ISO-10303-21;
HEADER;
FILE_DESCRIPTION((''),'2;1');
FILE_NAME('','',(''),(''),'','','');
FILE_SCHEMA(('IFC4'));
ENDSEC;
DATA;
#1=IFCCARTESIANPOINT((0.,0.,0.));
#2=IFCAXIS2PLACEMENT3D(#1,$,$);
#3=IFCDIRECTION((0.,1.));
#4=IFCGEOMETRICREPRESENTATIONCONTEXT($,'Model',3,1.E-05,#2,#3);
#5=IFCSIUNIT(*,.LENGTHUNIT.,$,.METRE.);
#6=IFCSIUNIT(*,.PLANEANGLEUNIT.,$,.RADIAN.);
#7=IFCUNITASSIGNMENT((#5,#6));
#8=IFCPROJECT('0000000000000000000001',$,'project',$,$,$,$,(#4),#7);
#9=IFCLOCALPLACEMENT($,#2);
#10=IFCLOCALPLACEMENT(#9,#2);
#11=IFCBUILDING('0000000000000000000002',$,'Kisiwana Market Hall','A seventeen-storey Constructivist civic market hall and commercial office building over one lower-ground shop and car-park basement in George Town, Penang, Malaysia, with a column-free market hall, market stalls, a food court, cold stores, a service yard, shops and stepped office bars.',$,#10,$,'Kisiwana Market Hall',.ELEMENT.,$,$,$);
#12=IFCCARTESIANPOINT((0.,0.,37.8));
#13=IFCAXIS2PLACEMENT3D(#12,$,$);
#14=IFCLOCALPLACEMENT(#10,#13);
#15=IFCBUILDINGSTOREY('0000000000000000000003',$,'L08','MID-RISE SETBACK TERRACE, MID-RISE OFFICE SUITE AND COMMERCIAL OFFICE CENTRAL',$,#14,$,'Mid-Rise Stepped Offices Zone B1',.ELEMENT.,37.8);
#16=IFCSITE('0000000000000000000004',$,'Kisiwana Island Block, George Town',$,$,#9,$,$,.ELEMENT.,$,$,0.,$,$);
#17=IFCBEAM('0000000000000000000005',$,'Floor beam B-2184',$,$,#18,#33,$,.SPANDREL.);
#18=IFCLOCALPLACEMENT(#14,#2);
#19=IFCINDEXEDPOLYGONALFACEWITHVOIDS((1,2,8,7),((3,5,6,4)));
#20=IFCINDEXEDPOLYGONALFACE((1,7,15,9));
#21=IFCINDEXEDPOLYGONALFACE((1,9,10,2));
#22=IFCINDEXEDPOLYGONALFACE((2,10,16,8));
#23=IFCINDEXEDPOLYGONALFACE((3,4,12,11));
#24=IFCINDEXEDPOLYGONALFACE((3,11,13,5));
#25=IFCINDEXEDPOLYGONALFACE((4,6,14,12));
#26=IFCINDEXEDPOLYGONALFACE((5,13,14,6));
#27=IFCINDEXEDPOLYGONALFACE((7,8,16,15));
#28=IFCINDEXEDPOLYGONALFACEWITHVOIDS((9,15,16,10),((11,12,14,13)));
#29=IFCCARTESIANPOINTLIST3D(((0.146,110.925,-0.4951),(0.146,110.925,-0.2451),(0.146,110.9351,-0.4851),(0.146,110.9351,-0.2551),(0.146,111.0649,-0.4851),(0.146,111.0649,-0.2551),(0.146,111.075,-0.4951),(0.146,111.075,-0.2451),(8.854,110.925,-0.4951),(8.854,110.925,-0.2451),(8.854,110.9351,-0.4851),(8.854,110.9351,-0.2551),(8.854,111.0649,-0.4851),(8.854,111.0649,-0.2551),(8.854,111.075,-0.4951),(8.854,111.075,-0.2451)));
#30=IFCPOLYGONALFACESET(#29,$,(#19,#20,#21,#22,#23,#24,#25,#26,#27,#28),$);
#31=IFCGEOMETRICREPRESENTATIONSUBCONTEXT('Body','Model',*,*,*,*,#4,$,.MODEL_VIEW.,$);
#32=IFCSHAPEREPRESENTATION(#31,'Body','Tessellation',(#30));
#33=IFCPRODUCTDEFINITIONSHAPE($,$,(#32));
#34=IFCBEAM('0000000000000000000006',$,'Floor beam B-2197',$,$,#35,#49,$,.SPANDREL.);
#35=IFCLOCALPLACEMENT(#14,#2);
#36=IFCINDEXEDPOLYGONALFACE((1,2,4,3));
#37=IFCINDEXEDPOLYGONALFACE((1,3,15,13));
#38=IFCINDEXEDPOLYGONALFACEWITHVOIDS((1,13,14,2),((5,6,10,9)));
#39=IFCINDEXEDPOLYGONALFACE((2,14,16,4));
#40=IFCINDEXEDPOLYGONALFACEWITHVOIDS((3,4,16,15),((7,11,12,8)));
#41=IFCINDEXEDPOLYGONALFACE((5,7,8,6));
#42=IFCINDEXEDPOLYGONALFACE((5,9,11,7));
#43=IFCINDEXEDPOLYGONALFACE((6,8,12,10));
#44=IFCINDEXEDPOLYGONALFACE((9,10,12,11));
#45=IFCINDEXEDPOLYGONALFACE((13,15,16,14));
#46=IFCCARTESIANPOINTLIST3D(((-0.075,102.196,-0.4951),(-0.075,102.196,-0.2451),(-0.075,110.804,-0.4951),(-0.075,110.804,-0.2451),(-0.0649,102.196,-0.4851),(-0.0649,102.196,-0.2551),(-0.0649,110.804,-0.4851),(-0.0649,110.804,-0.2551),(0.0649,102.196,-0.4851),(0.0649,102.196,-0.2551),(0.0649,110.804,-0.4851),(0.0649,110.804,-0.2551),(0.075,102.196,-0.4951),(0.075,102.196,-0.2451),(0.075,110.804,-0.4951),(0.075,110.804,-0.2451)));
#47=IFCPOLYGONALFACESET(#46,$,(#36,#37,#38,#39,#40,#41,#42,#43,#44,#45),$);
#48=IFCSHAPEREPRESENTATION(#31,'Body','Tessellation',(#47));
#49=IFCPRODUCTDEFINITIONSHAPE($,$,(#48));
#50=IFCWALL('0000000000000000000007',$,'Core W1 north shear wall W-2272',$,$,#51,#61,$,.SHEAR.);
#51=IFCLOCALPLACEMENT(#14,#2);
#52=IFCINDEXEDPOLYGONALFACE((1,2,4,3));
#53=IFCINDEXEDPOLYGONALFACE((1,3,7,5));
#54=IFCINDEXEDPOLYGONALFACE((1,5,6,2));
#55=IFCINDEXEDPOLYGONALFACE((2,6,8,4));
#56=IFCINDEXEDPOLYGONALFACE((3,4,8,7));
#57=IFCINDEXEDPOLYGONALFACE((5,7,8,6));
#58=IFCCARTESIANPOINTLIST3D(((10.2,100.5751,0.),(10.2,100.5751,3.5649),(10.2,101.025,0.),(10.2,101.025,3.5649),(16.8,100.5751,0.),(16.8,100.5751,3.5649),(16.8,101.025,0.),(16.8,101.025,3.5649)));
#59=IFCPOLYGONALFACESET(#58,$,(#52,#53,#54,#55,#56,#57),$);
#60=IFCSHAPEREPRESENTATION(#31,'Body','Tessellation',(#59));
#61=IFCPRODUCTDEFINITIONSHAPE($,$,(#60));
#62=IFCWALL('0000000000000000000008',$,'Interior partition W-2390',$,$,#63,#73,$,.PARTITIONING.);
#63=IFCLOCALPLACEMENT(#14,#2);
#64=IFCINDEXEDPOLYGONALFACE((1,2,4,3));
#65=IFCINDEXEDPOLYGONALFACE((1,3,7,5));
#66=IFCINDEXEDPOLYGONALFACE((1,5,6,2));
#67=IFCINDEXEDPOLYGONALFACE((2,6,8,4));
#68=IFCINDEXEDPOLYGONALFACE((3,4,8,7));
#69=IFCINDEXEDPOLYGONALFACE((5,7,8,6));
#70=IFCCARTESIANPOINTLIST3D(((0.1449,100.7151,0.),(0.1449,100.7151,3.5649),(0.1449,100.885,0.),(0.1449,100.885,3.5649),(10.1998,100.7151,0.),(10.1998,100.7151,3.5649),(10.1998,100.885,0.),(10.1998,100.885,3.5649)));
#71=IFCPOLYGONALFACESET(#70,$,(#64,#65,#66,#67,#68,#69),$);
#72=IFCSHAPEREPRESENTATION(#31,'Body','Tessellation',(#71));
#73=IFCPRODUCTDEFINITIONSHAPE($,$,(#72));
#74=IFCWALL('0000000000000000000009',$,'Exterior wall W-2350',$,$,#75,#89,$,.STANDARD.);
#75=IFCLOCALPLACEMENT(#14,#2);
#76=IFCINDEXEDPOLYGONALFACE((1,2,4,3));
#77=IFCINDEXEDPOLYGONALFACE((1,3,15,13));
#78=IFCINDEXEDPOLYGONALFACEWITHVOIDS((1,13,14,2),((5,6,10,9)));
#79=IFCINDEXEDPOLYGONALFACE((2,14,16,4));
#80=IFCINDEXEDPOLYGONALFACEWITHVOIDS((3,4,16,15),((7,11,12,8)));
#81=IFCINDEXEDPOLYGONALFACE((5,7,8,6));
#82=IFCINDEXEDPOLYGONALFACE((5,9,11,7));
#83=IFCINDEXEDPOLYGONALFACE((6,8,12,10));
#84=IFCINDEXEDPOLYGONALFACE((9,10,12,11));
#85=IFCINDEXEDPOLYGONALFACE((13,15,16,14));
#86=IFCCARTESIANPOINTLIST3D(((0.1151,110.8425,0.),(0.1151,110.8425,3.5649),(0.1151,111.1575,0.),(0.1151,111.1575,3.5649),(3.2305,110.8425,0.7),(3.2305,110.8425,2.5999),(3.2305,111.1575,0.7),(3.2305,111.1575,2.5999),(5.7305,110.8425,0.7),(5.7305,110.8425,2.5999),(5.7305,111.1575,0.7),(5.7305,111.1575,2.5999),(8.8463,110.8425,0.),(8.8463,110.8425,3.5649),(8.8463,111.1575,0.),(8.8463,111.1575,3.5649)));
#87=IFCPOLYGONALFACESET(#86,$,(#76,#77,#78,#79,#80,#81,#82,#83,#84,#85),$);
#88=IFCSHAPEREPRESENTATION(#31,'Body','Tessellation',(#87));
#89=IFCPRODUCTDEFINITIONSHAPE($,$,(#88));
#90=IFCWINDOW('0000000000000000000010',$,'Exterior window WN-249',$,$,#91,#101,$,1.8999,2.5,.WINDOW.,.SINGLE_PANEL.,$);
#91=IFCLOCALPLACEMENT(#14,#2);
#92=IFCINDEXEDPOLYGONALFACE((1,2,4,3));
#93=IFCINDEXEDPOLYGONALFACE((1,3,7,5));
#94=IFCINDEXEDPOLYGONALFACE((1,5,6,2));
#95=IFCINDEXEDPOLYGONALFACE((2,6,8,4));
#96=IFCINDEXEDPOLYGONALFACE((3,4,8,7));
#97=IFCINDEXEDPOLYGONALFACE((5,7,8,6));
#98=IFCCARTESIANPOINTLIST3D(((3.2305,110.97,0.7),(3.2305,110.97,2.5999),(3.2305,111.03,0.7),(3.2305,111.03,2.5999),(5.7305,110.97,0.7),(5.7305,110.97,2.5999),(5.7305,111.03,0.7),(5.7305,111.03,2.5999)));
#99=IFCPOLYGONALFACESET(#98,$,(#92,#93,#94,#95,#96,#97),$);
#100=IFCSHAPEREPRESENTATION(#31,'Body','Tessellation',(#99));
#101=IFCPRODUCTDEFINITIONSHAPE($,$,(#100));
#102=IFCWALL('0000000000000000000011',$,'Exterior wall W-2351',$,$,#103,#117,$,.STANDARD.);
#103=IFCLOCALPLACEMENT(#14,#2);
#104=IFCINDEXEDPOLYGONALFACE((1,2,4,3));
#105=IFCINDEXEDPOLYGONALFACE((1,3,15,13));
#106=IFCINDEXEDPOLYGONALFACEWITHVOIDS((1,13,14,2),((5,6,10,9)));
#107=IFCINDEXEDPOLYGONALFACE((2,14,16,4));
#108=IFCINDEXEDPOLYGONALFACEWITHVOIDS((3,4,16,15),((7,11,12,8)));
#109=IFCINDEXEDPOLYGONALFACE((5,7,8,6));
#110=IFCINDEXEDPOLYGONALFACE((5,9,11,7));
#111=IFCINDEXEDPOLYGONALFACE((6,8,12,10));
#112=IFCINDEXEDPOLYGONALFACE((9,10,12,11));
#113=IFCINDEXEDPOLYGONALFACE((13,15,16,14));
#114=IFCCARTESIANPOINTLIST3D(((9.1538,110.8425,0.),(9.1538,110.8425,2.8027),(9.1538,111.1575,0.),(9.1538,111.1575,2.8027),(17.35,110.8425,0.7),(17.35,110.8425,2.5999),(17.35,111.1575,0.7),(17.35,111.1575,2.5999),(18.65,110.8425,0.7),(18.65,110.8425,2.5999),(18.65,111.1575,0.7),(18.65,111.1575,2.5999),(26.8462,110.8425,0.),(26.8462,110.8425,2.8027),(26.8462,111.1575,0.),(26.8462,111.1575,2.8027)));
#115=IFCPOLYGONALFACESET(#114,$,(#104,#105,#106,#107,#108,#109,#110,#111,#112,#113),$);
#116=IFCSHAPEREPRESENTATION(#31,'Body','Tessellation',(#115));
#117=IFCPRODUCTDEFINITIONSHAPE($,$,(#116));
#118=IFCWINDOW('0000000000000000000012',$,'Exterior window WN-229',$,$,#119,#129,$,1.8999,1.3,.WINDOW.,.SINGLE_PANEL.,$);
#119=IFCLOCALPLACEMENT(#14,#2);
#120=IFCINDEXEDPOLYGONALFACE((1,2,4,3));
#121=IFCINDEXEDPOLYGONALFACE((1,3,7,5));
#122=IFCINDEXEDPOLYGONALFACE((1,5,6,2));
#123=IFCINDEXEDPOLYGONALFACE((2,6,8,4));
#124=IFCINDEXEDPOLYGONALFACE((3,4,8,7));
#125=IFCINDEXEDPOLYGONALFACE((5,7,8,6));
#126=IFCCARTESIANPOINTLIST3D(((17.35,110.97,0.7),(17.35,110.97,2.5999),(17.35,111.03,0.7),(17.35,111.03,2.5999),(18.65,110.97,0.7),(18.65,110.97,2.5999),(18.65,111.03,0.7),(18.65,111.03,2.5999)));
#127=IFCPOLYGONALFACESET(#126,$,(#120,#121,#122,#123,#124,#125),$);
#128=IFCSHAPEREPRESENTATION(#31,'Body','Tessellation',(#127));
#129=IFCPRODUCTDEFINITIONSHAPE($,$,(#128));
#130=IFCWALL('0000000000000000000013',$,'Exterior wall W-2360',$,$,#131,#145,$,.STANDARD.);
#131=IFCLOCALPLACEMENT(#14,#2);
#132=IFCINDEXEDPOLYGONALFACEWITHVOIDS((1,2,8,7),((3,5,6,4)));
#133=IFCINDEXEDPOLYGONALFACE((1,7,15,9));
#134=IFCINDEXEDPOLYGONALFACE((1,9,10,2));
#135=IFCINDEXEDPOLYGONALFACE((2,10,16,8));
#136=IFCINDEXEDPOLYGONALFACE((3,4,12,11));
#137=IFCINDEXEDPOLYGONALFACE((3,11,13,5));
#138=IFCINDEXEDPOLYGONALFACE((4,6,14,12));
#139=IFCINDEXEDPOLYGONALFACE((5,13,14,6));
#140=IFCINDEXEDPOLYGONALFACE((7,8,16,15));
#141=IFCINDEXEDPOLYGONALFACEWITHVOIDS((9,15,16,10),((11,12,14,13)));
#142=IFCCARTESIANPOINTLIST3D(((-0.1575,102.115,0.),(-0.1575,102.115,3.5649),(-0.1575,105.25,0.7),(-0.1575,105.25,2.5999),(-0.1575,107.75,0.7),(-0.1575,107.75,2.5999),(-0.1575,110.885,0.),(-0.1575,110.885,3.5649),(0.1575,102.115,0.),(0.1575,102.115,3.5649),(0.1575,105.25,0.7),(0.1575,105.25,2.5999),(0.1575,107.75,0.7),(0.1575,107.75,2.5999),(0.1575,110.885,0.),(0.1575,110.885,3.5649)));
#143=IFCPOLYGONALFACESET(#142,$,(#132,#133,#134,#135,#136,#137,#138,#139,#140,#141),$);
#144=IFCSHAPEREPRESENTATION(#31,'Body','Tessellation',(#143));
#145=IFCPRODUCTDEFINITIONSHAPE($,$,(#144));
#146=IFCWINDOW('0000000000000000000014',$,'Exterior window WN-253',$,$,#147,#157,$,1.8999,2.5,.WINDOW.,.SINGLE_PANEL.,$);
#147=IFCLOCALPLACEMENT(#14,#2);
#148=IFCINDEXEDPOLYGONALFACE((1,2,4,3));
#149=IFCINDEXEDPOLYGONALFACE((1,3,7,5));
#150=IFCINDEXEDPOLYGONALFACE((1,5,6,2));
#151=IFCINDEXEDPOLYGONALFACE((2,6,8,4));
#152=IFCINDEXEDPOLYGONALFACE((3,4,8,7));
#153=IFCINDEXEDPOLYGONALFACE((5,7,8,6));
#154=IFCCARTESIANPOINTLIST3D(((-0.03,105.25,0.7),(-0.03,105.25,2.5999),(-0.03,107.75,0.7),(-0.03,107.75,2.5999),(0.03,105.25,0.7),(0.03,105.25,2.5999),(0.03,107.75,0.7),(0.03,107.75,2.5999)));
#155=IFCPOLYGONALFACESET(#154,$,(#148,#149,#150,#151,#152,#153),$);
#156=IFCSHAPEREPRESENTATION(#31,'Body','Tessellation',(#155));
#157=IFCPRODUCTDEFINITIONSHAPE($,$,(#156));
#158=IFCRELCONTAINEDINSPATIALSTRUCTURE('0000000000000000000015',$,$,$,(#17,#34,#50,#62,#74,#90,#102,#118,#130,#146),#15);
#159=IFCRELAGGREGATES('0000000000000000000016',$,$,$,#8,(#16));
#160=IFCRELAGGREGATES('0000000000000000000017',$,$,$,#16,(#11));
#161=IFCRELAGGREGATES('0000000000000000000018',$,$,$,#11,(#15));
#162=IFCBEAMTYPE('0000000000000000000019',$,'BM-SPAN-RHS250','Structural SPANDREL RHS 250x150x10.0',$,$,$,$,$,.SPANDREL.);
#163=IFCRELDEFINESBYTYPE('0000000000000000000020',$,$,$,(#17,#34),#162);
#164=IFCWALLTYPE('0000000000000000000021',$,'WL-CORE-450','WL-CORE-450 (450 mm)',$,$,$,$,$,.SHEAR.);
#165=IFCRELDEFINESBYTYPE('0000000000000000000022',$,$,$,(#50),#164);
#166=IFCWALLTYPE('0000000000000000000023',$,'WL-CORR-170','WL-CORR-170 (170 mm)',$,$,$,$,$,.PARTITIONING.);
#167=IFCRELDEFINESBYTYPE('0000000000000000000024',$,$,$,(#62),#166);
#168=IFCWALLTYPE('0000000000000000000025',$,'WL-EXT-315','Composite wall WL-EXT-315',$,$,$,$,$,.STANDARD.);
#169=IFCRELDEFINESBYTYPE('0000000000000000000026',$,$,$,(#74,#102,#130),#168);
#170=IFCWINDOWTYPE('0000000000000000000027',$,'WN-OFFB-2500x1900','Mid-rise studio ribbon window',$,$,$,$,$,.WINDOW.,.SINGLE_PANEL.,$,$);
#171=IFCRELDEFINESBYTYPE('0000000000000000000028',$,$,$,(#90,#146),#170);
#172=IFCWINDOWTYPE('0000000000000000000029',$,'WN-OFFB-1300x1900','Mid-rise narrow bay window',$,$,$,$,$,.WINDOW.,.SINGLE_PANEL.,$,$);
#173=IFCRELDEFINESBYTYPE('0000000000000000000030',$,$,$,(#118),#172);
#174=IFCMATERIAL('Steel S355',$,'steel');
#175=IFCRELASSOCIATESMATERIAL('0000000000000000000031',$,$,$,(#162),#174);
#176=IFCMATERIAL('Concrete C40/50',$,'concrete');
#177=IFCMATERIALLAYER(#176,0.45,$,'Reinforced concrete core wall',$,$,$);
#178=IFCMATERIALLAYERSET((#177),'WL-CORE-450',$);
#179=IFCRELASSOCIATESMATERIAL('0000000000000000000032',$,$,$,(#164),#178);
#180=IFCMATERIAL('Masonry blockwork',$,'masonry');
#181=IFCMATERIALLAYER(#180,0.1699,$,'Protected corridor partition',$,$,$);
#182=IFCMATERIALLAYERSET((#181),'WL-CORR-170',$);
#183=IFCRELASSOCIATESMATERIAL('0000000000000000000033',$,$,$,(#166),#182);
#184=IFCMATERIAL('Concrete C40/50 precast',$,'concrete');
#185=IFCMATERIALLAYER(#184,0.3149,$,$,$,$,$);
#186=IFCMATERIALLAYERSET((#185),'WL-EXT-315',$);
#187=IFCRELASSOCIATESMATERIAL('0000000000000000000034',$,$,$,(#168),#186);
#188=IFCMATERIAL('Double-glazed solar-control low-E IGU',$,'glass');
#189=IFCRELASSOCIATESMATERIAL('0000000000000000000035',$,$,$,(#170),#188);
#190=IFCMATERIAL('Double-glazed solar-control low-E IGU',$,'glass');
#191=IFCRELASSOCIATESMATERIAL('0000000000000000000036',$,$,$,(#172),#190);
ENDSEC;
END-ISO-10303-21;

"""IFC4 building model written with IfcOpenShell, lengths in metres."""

from ifc_helpers import new_model, si_unit, direction, frame, frame_2d, origin, origin_2d, place, context, subcontext, project, spatial, rectangle, hollow_rectangle, extrude, material, layer, layer_set, material_profile, profile_set, type_object, element, fill, save


model = new_model("IFC4")

# Units and contexts
model_context = context("Model", 3, precision=1e-05, world=origin(), true_north=direction((0.0, 1.0)))
body_context = subcontext(model_context, "Body", "Model", "MODEL_VIEW")
ifc_project = project(units=[si_unit("LENGTHUNIT", "METRE"), si_unit("PLANEANGLEUNIT", "RADIAN")], contexts=[model_context])

# Site, building, storey
site_placement = place(None, origin())
site = spatial("IfcSite", under=ifc_project, at=site_placement, Name="Kisiwana Island Block, George Town", CompositionType="ELEMENT", RefElevation=0.0)
building_placement = place(site_placement, origin())
building = spatial("IfcBuilding", under=site, at=building_placement, Name="Kisiwana Market Hall", Description="A seventeen-storey Constructivist civic market hall and commercial office building over one lower-ground shop and car-park basement in George Town, Penang, Malaysia, with a column-free market hall, market stalls, a food court, cold stores, a service yard, shops and stepped office bars.", LongName="Kisiwana Market Hall", CompositionType="ELEMENT")
storey_placement = place(building_placement, frame((0.0, 0.0, 37.8)))
storey = spatial("IfcBuildingStorey", under=building, at=storey_placement, Name="L08", Description="MID-RISE SETBACK TERRACE, MID-RISE OFFICE SUITE AND COMMERCIAL OFFICE CENTRAL", LongName="Mid-Rise Stepped Offices Zone B1", CompositionType="ELEMENT", Elevation=37.8)

# Beams
ifc_material_1 = material(Name="Steel S355", Category="steel")
ifc_material_profile_1 = material_profile(ifc_material_1, hollow_rectangle(XDim=0.1499, YDim=0.25, WallThickness=0.01, at=origin_2d()), Name="RHS 250x150x10.0")
ifc_profile_set_1 = profile_set([ifc_material_profile_1], Name="Steel S355")
beam_type_1 = type_object("IfcBeamType", Name="BM-SPAN-RHS250", Description="Structural SPANDREL RHS 250x150x10.0", PredefinedType="SPANDREL", material=ifc_profile_set_1)
beam_1_placement = place(storey_placement, frame((0.146, 111.0, -0.3701), z_axis=(1.0, 0.0, 0.0), x_axis=(0.0, 1.0, 0.0)))
element("IfcBeam", 1, at=beam_1_placement, inside=storey, type_object=beam_type_1, Name="Floor beam B-2184", PredefinedType="SPANDREL", context=body_context, shape_type="SweptSolid", body=[
    extrude(hollow_rectangle(XDim=0.1499, YDim=0.25, WallThickness=0.01, at=origin_2d()), origin(), (0.0, 0.0, 1.0), 8.708),
])
beam_2_placement = place(storey_placement, frame((0.0, 102.196, -0.3701), z_axis=(0.0, 1.0, 0.0), x_axis=(-1.0, 0.0, 0.0)))
element("IfcBeam", 2, at=beam_2_placement, inside=storey, type_object=beam_type_1, Name="Floor beam B-2197", PredefinedType="SPANDREL", context=body_context, shape_type="SweptSolid", body=[
    extrude(hollow_rectangle(XDim=0.1499, YDim=0.25, WallThickness=0.01, at=origin_2d()), origin(), (0.0, 0.0, 1.0), 8.6079),
])

# Walls
ifc_material_2 = material(Name="Concrete C40/50", Category="concrete")
ifc_layer_1 = layer(ifc_material_2, 0.45, Name="Reinforced concrete core wall")
ifc_layer_set_1 = layer_set([ifc_layer_1], Name="WL-CORE-450")
wall_type_1 = type_object("IfcWallType", Name="WL-CORE-450", Description="WL-CORE-450 (450 mm)", PredefinedType="SHEAR", material=ifc_layer_set_1)
wall_1_placement = place(storey_placement, frame((10.2, 100.8, 0.0), z_axis=(0.0, 0.0, 1.0), x_axis=(1.0, 0.0, 0.0)))
element("IfcWall", 3, at=wall_1_placement, inside=storey, type_object=wall_type_1, Name="Core W1 north shear wall W-2272", PredefinedType="SHEAR", context=body_context, shape_type="SweptSolid", body=[
    extrude(rectangle(XDim=6.6001, YDim=0.45, at=frame_2d((3.3, 0.0))), origin(), (0.0, 0.0, 1.0), 3.5649),
])
ifc_material_3 = material(Name="Masonry blockwork", Category="masonry")
ifc_layer_2 = layer(ifc_material_3, 0.1699, Name="Protected corridor partition")
ifc_layer_set_2 = layer_set([ifc_layer_2], Name="WL-CORR-170")
wall_type_2 = type_object("IfcWallType", Name="WL-CORR-170", Description="WL-CORR-170 (170 mm)", PredefinedType="PARTITIONING", material=ifc_layer_set_2)
wall_2_placement = place(storey_placement, frame((0.145, 100.8, 0.0), z_axis=(0.0, 0.0, 1.0), x_axis=(1.0, 0.0, 0.0)))
element("IfcWall", 4, at=wall_2_placement, inside=storey, type_object=wall_type_2, Name="Interior partition W-2390", PredefinedType="PARTITIONING", context=body_context, shape_type="SweptSolid", body=[
    extrude(rectangle(XDim=10.0549, YDim=0.1699, at=frame_2d((5.0273, 0.0))), origin(), (0.0, 0.0, 1.0), 3.5649),
])

# Walls, openings, windows
ifc_material_4 = material(Name="Concrete C40/50 precast", Category="concrete")
ifc_layer_3 = layer(ifc_material_4, 0.3149)
ifc_layer_set_3 = layer_set([ifc_layer_3], Name="WL-EXT-315")
wall_type_3 = type_object("IfcWallType", Name="WL-EXT-315", Description="Composite wall WL-EXT-315", PredefinedType="STANDARD", material=ifc_layer_set_3)
wall_3_placement = place(storey_placement, frame((0.115, 111.0, 0.0), z_axis=(0.0, 0.0, 1.0), x_axis=(1.0, 0.0, 0.0)))
wall_3 = element("IfcWall", 5, at=wall_3_placement, inside=storey, type_object=wall_type_3, Name="Exterior wall W-2350", PredefinedType="STANDARD", context=body_context, shape_type="SweptSolid", body=[
    extrude(rectangle(XDim=8.7312, YDim=0.3149, at=frame_2d((4.3657, 0.0))), origin(), (0.0, 0.0, 1.0), 3.5649),
])
opening_1_placement = place(wall_3_placement, frame((3.1155, 0.0, 0.7)))
opening_1 = element("IfcOpeningElement", 6, at=opening_1_placement, cuts=wall_3, PredefinedType="OPENING", context=body_context, shape_type="SweptSolid", body=[
    extrude(rectangle(XDim=2.5, YDim=1.8999, at=frame_2d((1.25, 0.95))), frame((0.0, 0.1694, 0.0), z_axis=(0.0, -1.0, 0.0), x_axis=(1.0, 0.0, 0.0)), (0.0, 0.0, 1.0), 0.3389),
])
ifc_material_5 = material(Name="Double-glazed solar-control low-E IGU", Category="glass")
window_type_1 = type_object("IfcWindowType", Name="WN-OFFB-2500x1900", Description="Mid-rise studio ribbon window", PartitioningType="SINGLE_PANEL", PredefinedType="WINDOW", material=ifc_material_5)
window_1_placement = place(opening_1_placement, origin())
window_1 = element("IfcWindow", 7, at=window_1_placement, inside=storey, type_object=window_type_1, Name="Exterior window WN-249", OverallHeight=1.8999, OverallWidth=2.5, PartitioningType="SINGLE_PANEL", PredefinedType="WINDOW", context=body_context, shape_type="SweptSolid", body=[
    extrude(rectangle(XDim=2.5, YDim=1.8999, at=frame_2d((1.25, 0.95))), frame((0.0, 0.03, 0.0), z_axis=(0.0, -1.0, 0.0), x_axis=(1.0, 0.0, 0.0)), (0.0, 0.0, 1.0), 0.0601),
])
fill(opening_1, window_1)
wall_4_placement = place(storey_placement, frame((9.1538, 111.0, 0.0), z_axis=(0.0, 0.0, 1.0), x_axis=(1.0, 0.0, 0.0)))
wall_4 = element("IfcWall", 8, at=wall_4_placement, inside=storey, type_object=wall_type_3, Name="Exterior wall W-2351", PredefinedType="STANDARD", context=body_context, shape_type="SweptSolid", body=[
    extrude(rectangle(XDim=17.6924, YDim=0.3149, at=frame_2d((8.8462, 0.0))), origin(), (0.0, 0.0, 1.0), 2.8027),
])
opening_2_placement = place(wall_4_placement, frame((8.1963, 0.0, 0.7)))
opening_2 = element("IfcOpeningElement", 9, at=opening_2_placement, cuts=wall_4, PredefinedType="OPENING", context=body_context, shape_type="SweptSolid", body=[
    extrude(rectangle(XDim=1.3, YDim=1.8999, at=frame_2d((0.6499, 0.95))), frame((0.0, 0.1694, 0.0), z_axis=(0.0, -1.0, 0.0), x_axis=(1.0, 0.0, 0.0)), (0.0, 0.0, 1.0), 0.3389),
])
ifc_material_6 = material(Name="Double-glazed solar-control low-E IGU", Category="glass")
window_type_2 = type_object("IfcWindowType", Name="WN-OFFB-1300x1900", Description="Mid-rise narrow bay window", PartitioningType="SINGLE_PANEL", PredefinedType="WINDOW", material=ifc_material_6)
window_2_placement = place(opening_2_placement, origin())
window_2 = element("IfcWindow", 10, at=window_2_placement, inside=storey, type_object=window_type_2, Name="Exterior window WN-229", OverallHeight=1.8999, OverallWidth=1.3, PartitioningType="SINGLE_PANEL", PredefinedType="WINDOW", context=body_context, shape_type="SweptSolid", body=[
    extrude(rectangle(XDim=1.3, YDim=1.8999, at=frame_2d((0.6499, 0.95))), frame((0.0, 0.03, 0.0), z_axis=(0.0, -1.0, 0.0), x_axis=(1.0, 0.0, 0.0)), (0.0, 0.0, 1.0), 0.0601),
])
fill(opening_2, window_2)
wall_5_placement = place(storey_placement, frame((0.0, 102.115, 0.0), z_axis=(0.0, 0.0, 1.0), x_axis=(0.0, 1.0, 0.0)))
wall_5 = element("IfcWall", 11, at=wall_5_placement, inside=storey, type_object=wall_type_3, Name="Exterior wall W-2360", PredefinedType="STANDARD", context=body_context, shape_type="SweptSolid", body=[
    extrude(rectangle(XDim=8.77, YDim=0.3149, at=frame_2d((4.385, 0.0))), origin(), (0.0, 0.0, 1.0), 3.5649),
])
opening_3_placement = place(wall_5_placement, frame((3.135, 0.0, 0.7)))
opening_3 = element("IfcOpeningElement", 12, at=opening_3_placement, cuts=wall_5, PredefinedType="OPENING", context=body_context, shape_type="SweptSolid", body=[
    extrude(rectangle(XDim=2.5, YDim=1.8999, at=frame_2d((1.25, 0.95))), frame((0.0, 0.1694, 0.0), z_axis=(0.0, -1.0, 0.0), x_axis=(1.0, 0.0, 0.0)), (0.0, 0.0, 1.0), 0.3389),
])
window_3_placement = place(opening_3_placement, origin())
window_3 = element("IfcWindow", 13, at=window_3_placement, inside=storey, type_object=window_type_1, Name="Exterior window WN-253", OverallHeight=1.8999, OverallWidth=2.5, PartitioningType="SINGLE_PANEL", PredefinedType="WINDOW", context=body_context, shape_type="SweptSolid", body=[
    extrude(rectangle(XDim=2.5, YDim=1.8999, at=frame_2d((1.25, 0.95))), frame((0.0, 0.03, 0.0), z_axis=(0.0, -1.0, 0.0), x_axis=(1.0, 0.0, 0.0)), (0.0, 0.0, 1.0), 0.0601),
])
fill(opening_3, window_3)

save(model, "model.ifc")
